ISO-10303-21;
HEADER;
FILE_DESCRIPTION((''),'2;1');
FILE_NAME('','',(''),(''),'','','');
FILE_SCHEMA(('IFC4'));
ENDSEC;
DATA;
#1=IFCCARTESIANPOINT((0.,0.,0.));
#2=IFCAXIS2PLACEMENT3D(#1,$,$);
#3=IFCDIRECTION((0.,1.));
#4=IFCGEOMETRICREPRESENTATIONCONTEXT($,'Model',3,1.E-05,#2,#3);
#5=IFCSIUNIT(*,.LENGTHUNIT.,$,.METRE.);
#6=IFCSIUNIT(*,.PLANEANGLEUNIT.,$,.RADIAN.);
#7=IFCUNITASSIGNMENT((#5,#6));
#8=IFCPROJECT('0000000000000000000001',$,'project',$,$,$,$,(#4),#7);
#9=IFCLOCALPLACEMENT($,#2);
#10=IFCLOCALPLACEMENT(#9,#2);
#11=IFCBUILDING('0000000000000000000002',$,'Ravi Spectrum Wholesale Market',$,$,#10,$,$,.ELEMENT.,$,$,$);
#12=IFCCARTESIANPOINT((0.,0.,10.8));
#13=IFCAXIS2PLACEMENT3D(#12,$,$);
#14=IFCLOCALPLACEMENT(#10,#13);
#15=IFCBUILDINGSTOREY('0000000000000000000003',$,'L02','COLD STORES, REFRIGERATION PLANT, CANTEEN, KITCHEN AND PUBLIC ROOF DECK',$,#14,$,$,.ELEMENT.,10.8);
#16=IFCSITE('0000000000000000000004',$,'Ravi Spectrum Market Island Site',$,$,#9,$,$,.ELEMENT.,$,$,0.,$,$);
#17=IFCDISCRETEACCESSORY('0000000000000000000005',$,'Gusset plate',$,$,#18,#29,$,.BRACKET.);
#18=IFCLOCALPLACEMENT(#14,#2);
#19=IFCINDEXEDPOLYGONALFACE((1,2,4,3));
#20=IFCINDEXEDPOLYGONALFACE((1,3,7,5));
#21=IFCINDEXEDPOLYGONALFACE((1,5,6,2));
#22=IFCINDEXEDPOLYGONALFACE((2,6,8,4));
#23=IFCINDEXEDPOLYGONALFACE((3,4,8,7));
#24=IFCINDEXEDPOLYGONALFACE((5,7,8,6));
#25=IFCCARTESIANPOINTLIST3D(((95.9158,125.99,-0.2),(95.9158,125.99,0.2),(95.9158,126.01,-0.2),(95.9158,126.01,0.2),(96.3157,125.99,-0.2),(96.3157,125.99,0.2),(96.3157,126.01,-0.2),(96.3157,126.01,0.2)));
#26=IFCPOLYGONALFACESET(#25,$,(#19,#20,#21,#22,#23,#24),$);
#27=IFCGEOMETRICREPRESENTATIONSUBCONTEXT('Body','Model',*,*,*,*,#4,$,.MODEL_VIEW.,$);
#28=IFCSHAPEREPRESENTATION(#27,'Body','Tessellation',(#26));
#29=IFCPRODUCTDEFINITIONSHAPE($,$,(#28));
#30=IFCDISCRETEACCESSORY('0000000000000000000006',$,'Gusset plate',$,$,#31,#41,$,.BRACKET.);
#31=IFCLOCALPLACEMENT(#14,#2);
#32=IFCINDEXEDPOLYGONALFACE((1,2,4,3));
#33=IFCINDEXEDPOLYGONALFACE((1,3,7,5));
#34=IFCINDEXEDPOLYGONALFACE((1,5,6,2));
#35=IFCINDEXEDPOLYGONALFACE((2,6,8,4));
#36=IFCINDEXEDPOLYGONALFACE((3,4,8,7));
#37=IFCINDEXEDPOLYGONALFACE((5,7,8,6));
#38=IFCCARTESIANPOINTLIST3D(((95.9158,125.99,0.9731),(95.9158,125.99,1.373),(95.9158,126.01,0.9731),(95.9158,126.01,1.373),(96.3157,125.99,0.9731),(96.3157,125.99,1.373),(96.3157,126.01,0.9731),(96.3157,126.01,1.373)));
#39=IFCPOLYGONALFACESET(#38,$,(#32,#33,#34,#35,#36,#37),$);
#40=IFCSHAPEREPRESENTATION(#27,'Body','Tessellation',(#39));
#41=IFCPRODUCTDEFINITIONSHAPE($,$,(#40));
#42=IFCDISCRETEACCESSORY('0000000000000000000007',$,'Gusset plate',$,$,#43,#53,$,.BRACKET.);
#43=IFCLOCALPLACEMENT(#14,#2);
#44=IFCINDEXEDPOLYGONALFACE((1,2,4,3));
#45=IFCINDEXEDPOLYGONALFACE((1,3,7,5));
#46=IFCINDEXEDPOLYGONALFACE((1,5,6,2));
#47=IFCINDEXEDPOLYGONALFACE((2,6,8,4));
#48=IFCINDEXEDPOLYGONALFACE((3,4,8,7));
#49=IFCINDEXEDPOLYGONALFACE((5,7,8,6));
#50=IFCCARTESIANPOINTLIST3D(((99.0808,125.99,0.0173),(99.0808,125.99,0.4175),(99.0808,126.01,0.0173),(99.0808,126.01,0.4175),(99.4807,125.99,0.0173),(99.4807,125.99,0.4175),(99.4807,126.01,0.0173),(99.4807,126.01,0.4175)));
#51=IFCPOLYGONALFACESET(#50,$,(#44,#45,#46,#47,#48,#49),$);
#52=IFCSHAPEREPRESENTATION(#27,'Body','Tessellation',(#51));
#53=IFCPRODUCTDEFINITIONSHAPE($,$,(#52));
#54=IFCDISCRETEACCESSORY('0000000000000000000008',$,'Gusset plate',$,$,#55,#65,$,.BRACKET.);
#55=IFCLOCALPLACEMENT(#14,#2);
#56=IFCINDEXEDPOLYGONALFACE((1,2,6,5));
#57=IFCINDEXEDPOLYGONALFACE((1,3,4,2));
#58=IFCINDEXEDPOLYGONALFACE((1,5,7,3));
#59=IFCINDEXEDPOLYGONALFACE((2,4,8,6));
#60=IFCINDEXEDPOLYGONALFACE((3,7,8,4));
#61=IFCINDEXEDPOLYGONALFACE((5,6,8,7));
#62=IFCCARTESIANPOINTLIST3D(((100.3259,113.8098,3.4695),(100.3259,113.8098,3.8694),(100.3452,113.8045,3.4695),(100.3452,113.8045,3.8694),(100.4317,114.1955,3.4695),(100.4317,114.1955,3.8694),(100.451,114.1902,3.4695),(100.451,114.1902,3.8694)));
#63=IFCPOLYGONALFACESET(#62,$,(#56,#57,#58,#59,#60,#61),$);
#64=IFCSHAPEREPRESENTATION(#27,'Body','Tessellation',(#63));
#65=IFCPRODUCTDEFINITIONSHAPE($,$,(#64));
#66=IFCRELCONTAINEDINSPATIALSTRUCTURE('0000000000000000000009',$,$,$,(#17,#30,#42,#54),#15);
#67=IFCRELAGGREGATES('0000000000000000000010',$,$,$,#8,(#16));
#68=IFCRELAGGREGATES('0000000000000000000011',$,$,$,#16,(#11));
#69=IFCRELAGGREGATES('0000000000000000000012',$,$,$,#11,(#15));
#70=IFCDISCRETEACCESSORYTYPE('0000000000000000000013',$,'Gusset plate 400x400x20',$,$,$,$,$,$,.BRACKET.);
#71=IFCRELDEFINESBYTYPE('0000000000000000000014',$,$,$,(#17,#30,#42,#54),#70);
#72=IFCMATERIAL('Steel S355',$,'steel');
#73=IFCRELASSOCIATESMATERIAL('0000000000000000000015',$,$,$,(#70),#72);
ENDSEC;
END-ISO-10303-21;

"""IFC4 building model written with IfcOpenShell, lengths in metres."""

from ifc_helpers import new_model, si_unit, direction, frame, origin, origin_2d, place, context, subcontext, project, spatial, rectangle, extrude, material, material_profile, profile_set, type_object, element, save


model = new_model("IFC4")

# Units and contexts
model_context = context("Model", 3, precision=1e-05, world=origin(), true_north=direction((0.0, 1.0)))
body_context = subcontext(model_context, "Body", "Model", "MODEL_VIEW")
ifc_project = project(units=[si_unit("LENGTHUNIT", "METRE"), si_unit("PLANEANGLEUNIT", "RADIAN")], contexts=[model_context])

# Site, building, storey
site_placement = place(None, origin())
site = spatial("IfcSite", under=ifc_project, at=site_placement, Name="Ravi Spectrum Market Island Site", CompositionType="ELEMENT", RefElevation=0.0)
building_placement = place(site_placement, origin())
building = spatial("IfcBuilding", under=site, at=building_placement, Name="Ravi Spectrum Wholesale Market", CompositionType="ELEMENT")
storey_placement = place(building_placement, frame((0.0, 0.0, 10.8)))
storey = spatial("IfcBuildingStorey", under=building, at=storey_placement, Name="L02", Description="COLD STORES, REFRIGERATION PLANT, CANTEEN, KITCHEN AND PUBLIC ROOF DECK", CompositionType="ELEMENT", Elevation=10.8)

# Discrete accessories
ifc_material_1 = material(Name="Steel S355", Category="steel")
ifc_material_profile_1 = material_profile(ifc_material_1, rectangle(XDim=0.3999, YDim=0.02, at=origin_2d()))
ifc_profile_set_1 = profile_set([ifc_material_profile_1], Name="Steel S355")
discrete_accessory_type_1 = type_object("IfcDiscreteAccessoryType", Name="Gusset plate 400x400x20", PredefinedType="BRACKET", material=ifc_profile_set_1)
for number, where, z_axis, x_axis, name in (
    (1, (96.1157, 126.0, -0.2), (0.0, 0.0, 1.0), (1.0, 0.0, 0.0), "Gusset plate"),
    (2, (96.1157, 126.0, 0.9731), (0.0, 0.0, 1.0), (-1.0, 0.0, 0.0), "Gusset plate"),
):
    element("IfcDiscreteAccessory", number, at=place(storey_placement, frame(where, z_axis=z_axis, x_axis=x_axis)), inside=storey, type_object=discrete_accessory_type_1, Name=name, PredefinedType="BRACKET", context=body_context, shape_type="SweptSolid", body=[
        extrude(rectangle(XDim=0.3999, YDim=0.02, at=origin_2d()), origin(), (0.0, 0.0, 1.0), 0.3999),
    ])
discrete_accessory_1_placement = place(storey_placement, frame((99.2808, 126.0, 0.0173), z_axis=(0.0, 0.0, 1.0), x_axis=(-1.0, 0.0, 0.0)))
element("IfcDiscreteAccessory", 3, at=discrete_accessory_1_placement, inside=storey, type_object=discrete_accessory_type_1, Name="Gusset plate", PredefinedType="BRACKET", context=body_context, shape_type="SweptSolid", body=[
    extrude(rectangle(XDim=0.3999, YDim=0.02, at=origin_2d()), origin(), (0.0, 0.0, 1.0), 0.4001),
])
discrete_accessory_2_placement = place(storey_placement, frame((100.3884, 114.0, 3.4695), z_axis=(0.0, 0.0, 1.0), x_axis=(0.264532, 0.964377, 0.0)))
element("IfcDiscreteAccessory", 4, at=discrete_accessory_2_placement, inside=storey, type_object=discrete_accessory_type_1, Name="Gusset plate", PredefinedType="BRACKET", context=body_context, shape_type="SweptSolid", body=[
    extrude(rectangle(XDim=0.3999, YDim=0.02, at=origin_2d()), origin(), (0.0, 0.0, 1.0), 0.3999),
])

save(model, "model.ifc")
